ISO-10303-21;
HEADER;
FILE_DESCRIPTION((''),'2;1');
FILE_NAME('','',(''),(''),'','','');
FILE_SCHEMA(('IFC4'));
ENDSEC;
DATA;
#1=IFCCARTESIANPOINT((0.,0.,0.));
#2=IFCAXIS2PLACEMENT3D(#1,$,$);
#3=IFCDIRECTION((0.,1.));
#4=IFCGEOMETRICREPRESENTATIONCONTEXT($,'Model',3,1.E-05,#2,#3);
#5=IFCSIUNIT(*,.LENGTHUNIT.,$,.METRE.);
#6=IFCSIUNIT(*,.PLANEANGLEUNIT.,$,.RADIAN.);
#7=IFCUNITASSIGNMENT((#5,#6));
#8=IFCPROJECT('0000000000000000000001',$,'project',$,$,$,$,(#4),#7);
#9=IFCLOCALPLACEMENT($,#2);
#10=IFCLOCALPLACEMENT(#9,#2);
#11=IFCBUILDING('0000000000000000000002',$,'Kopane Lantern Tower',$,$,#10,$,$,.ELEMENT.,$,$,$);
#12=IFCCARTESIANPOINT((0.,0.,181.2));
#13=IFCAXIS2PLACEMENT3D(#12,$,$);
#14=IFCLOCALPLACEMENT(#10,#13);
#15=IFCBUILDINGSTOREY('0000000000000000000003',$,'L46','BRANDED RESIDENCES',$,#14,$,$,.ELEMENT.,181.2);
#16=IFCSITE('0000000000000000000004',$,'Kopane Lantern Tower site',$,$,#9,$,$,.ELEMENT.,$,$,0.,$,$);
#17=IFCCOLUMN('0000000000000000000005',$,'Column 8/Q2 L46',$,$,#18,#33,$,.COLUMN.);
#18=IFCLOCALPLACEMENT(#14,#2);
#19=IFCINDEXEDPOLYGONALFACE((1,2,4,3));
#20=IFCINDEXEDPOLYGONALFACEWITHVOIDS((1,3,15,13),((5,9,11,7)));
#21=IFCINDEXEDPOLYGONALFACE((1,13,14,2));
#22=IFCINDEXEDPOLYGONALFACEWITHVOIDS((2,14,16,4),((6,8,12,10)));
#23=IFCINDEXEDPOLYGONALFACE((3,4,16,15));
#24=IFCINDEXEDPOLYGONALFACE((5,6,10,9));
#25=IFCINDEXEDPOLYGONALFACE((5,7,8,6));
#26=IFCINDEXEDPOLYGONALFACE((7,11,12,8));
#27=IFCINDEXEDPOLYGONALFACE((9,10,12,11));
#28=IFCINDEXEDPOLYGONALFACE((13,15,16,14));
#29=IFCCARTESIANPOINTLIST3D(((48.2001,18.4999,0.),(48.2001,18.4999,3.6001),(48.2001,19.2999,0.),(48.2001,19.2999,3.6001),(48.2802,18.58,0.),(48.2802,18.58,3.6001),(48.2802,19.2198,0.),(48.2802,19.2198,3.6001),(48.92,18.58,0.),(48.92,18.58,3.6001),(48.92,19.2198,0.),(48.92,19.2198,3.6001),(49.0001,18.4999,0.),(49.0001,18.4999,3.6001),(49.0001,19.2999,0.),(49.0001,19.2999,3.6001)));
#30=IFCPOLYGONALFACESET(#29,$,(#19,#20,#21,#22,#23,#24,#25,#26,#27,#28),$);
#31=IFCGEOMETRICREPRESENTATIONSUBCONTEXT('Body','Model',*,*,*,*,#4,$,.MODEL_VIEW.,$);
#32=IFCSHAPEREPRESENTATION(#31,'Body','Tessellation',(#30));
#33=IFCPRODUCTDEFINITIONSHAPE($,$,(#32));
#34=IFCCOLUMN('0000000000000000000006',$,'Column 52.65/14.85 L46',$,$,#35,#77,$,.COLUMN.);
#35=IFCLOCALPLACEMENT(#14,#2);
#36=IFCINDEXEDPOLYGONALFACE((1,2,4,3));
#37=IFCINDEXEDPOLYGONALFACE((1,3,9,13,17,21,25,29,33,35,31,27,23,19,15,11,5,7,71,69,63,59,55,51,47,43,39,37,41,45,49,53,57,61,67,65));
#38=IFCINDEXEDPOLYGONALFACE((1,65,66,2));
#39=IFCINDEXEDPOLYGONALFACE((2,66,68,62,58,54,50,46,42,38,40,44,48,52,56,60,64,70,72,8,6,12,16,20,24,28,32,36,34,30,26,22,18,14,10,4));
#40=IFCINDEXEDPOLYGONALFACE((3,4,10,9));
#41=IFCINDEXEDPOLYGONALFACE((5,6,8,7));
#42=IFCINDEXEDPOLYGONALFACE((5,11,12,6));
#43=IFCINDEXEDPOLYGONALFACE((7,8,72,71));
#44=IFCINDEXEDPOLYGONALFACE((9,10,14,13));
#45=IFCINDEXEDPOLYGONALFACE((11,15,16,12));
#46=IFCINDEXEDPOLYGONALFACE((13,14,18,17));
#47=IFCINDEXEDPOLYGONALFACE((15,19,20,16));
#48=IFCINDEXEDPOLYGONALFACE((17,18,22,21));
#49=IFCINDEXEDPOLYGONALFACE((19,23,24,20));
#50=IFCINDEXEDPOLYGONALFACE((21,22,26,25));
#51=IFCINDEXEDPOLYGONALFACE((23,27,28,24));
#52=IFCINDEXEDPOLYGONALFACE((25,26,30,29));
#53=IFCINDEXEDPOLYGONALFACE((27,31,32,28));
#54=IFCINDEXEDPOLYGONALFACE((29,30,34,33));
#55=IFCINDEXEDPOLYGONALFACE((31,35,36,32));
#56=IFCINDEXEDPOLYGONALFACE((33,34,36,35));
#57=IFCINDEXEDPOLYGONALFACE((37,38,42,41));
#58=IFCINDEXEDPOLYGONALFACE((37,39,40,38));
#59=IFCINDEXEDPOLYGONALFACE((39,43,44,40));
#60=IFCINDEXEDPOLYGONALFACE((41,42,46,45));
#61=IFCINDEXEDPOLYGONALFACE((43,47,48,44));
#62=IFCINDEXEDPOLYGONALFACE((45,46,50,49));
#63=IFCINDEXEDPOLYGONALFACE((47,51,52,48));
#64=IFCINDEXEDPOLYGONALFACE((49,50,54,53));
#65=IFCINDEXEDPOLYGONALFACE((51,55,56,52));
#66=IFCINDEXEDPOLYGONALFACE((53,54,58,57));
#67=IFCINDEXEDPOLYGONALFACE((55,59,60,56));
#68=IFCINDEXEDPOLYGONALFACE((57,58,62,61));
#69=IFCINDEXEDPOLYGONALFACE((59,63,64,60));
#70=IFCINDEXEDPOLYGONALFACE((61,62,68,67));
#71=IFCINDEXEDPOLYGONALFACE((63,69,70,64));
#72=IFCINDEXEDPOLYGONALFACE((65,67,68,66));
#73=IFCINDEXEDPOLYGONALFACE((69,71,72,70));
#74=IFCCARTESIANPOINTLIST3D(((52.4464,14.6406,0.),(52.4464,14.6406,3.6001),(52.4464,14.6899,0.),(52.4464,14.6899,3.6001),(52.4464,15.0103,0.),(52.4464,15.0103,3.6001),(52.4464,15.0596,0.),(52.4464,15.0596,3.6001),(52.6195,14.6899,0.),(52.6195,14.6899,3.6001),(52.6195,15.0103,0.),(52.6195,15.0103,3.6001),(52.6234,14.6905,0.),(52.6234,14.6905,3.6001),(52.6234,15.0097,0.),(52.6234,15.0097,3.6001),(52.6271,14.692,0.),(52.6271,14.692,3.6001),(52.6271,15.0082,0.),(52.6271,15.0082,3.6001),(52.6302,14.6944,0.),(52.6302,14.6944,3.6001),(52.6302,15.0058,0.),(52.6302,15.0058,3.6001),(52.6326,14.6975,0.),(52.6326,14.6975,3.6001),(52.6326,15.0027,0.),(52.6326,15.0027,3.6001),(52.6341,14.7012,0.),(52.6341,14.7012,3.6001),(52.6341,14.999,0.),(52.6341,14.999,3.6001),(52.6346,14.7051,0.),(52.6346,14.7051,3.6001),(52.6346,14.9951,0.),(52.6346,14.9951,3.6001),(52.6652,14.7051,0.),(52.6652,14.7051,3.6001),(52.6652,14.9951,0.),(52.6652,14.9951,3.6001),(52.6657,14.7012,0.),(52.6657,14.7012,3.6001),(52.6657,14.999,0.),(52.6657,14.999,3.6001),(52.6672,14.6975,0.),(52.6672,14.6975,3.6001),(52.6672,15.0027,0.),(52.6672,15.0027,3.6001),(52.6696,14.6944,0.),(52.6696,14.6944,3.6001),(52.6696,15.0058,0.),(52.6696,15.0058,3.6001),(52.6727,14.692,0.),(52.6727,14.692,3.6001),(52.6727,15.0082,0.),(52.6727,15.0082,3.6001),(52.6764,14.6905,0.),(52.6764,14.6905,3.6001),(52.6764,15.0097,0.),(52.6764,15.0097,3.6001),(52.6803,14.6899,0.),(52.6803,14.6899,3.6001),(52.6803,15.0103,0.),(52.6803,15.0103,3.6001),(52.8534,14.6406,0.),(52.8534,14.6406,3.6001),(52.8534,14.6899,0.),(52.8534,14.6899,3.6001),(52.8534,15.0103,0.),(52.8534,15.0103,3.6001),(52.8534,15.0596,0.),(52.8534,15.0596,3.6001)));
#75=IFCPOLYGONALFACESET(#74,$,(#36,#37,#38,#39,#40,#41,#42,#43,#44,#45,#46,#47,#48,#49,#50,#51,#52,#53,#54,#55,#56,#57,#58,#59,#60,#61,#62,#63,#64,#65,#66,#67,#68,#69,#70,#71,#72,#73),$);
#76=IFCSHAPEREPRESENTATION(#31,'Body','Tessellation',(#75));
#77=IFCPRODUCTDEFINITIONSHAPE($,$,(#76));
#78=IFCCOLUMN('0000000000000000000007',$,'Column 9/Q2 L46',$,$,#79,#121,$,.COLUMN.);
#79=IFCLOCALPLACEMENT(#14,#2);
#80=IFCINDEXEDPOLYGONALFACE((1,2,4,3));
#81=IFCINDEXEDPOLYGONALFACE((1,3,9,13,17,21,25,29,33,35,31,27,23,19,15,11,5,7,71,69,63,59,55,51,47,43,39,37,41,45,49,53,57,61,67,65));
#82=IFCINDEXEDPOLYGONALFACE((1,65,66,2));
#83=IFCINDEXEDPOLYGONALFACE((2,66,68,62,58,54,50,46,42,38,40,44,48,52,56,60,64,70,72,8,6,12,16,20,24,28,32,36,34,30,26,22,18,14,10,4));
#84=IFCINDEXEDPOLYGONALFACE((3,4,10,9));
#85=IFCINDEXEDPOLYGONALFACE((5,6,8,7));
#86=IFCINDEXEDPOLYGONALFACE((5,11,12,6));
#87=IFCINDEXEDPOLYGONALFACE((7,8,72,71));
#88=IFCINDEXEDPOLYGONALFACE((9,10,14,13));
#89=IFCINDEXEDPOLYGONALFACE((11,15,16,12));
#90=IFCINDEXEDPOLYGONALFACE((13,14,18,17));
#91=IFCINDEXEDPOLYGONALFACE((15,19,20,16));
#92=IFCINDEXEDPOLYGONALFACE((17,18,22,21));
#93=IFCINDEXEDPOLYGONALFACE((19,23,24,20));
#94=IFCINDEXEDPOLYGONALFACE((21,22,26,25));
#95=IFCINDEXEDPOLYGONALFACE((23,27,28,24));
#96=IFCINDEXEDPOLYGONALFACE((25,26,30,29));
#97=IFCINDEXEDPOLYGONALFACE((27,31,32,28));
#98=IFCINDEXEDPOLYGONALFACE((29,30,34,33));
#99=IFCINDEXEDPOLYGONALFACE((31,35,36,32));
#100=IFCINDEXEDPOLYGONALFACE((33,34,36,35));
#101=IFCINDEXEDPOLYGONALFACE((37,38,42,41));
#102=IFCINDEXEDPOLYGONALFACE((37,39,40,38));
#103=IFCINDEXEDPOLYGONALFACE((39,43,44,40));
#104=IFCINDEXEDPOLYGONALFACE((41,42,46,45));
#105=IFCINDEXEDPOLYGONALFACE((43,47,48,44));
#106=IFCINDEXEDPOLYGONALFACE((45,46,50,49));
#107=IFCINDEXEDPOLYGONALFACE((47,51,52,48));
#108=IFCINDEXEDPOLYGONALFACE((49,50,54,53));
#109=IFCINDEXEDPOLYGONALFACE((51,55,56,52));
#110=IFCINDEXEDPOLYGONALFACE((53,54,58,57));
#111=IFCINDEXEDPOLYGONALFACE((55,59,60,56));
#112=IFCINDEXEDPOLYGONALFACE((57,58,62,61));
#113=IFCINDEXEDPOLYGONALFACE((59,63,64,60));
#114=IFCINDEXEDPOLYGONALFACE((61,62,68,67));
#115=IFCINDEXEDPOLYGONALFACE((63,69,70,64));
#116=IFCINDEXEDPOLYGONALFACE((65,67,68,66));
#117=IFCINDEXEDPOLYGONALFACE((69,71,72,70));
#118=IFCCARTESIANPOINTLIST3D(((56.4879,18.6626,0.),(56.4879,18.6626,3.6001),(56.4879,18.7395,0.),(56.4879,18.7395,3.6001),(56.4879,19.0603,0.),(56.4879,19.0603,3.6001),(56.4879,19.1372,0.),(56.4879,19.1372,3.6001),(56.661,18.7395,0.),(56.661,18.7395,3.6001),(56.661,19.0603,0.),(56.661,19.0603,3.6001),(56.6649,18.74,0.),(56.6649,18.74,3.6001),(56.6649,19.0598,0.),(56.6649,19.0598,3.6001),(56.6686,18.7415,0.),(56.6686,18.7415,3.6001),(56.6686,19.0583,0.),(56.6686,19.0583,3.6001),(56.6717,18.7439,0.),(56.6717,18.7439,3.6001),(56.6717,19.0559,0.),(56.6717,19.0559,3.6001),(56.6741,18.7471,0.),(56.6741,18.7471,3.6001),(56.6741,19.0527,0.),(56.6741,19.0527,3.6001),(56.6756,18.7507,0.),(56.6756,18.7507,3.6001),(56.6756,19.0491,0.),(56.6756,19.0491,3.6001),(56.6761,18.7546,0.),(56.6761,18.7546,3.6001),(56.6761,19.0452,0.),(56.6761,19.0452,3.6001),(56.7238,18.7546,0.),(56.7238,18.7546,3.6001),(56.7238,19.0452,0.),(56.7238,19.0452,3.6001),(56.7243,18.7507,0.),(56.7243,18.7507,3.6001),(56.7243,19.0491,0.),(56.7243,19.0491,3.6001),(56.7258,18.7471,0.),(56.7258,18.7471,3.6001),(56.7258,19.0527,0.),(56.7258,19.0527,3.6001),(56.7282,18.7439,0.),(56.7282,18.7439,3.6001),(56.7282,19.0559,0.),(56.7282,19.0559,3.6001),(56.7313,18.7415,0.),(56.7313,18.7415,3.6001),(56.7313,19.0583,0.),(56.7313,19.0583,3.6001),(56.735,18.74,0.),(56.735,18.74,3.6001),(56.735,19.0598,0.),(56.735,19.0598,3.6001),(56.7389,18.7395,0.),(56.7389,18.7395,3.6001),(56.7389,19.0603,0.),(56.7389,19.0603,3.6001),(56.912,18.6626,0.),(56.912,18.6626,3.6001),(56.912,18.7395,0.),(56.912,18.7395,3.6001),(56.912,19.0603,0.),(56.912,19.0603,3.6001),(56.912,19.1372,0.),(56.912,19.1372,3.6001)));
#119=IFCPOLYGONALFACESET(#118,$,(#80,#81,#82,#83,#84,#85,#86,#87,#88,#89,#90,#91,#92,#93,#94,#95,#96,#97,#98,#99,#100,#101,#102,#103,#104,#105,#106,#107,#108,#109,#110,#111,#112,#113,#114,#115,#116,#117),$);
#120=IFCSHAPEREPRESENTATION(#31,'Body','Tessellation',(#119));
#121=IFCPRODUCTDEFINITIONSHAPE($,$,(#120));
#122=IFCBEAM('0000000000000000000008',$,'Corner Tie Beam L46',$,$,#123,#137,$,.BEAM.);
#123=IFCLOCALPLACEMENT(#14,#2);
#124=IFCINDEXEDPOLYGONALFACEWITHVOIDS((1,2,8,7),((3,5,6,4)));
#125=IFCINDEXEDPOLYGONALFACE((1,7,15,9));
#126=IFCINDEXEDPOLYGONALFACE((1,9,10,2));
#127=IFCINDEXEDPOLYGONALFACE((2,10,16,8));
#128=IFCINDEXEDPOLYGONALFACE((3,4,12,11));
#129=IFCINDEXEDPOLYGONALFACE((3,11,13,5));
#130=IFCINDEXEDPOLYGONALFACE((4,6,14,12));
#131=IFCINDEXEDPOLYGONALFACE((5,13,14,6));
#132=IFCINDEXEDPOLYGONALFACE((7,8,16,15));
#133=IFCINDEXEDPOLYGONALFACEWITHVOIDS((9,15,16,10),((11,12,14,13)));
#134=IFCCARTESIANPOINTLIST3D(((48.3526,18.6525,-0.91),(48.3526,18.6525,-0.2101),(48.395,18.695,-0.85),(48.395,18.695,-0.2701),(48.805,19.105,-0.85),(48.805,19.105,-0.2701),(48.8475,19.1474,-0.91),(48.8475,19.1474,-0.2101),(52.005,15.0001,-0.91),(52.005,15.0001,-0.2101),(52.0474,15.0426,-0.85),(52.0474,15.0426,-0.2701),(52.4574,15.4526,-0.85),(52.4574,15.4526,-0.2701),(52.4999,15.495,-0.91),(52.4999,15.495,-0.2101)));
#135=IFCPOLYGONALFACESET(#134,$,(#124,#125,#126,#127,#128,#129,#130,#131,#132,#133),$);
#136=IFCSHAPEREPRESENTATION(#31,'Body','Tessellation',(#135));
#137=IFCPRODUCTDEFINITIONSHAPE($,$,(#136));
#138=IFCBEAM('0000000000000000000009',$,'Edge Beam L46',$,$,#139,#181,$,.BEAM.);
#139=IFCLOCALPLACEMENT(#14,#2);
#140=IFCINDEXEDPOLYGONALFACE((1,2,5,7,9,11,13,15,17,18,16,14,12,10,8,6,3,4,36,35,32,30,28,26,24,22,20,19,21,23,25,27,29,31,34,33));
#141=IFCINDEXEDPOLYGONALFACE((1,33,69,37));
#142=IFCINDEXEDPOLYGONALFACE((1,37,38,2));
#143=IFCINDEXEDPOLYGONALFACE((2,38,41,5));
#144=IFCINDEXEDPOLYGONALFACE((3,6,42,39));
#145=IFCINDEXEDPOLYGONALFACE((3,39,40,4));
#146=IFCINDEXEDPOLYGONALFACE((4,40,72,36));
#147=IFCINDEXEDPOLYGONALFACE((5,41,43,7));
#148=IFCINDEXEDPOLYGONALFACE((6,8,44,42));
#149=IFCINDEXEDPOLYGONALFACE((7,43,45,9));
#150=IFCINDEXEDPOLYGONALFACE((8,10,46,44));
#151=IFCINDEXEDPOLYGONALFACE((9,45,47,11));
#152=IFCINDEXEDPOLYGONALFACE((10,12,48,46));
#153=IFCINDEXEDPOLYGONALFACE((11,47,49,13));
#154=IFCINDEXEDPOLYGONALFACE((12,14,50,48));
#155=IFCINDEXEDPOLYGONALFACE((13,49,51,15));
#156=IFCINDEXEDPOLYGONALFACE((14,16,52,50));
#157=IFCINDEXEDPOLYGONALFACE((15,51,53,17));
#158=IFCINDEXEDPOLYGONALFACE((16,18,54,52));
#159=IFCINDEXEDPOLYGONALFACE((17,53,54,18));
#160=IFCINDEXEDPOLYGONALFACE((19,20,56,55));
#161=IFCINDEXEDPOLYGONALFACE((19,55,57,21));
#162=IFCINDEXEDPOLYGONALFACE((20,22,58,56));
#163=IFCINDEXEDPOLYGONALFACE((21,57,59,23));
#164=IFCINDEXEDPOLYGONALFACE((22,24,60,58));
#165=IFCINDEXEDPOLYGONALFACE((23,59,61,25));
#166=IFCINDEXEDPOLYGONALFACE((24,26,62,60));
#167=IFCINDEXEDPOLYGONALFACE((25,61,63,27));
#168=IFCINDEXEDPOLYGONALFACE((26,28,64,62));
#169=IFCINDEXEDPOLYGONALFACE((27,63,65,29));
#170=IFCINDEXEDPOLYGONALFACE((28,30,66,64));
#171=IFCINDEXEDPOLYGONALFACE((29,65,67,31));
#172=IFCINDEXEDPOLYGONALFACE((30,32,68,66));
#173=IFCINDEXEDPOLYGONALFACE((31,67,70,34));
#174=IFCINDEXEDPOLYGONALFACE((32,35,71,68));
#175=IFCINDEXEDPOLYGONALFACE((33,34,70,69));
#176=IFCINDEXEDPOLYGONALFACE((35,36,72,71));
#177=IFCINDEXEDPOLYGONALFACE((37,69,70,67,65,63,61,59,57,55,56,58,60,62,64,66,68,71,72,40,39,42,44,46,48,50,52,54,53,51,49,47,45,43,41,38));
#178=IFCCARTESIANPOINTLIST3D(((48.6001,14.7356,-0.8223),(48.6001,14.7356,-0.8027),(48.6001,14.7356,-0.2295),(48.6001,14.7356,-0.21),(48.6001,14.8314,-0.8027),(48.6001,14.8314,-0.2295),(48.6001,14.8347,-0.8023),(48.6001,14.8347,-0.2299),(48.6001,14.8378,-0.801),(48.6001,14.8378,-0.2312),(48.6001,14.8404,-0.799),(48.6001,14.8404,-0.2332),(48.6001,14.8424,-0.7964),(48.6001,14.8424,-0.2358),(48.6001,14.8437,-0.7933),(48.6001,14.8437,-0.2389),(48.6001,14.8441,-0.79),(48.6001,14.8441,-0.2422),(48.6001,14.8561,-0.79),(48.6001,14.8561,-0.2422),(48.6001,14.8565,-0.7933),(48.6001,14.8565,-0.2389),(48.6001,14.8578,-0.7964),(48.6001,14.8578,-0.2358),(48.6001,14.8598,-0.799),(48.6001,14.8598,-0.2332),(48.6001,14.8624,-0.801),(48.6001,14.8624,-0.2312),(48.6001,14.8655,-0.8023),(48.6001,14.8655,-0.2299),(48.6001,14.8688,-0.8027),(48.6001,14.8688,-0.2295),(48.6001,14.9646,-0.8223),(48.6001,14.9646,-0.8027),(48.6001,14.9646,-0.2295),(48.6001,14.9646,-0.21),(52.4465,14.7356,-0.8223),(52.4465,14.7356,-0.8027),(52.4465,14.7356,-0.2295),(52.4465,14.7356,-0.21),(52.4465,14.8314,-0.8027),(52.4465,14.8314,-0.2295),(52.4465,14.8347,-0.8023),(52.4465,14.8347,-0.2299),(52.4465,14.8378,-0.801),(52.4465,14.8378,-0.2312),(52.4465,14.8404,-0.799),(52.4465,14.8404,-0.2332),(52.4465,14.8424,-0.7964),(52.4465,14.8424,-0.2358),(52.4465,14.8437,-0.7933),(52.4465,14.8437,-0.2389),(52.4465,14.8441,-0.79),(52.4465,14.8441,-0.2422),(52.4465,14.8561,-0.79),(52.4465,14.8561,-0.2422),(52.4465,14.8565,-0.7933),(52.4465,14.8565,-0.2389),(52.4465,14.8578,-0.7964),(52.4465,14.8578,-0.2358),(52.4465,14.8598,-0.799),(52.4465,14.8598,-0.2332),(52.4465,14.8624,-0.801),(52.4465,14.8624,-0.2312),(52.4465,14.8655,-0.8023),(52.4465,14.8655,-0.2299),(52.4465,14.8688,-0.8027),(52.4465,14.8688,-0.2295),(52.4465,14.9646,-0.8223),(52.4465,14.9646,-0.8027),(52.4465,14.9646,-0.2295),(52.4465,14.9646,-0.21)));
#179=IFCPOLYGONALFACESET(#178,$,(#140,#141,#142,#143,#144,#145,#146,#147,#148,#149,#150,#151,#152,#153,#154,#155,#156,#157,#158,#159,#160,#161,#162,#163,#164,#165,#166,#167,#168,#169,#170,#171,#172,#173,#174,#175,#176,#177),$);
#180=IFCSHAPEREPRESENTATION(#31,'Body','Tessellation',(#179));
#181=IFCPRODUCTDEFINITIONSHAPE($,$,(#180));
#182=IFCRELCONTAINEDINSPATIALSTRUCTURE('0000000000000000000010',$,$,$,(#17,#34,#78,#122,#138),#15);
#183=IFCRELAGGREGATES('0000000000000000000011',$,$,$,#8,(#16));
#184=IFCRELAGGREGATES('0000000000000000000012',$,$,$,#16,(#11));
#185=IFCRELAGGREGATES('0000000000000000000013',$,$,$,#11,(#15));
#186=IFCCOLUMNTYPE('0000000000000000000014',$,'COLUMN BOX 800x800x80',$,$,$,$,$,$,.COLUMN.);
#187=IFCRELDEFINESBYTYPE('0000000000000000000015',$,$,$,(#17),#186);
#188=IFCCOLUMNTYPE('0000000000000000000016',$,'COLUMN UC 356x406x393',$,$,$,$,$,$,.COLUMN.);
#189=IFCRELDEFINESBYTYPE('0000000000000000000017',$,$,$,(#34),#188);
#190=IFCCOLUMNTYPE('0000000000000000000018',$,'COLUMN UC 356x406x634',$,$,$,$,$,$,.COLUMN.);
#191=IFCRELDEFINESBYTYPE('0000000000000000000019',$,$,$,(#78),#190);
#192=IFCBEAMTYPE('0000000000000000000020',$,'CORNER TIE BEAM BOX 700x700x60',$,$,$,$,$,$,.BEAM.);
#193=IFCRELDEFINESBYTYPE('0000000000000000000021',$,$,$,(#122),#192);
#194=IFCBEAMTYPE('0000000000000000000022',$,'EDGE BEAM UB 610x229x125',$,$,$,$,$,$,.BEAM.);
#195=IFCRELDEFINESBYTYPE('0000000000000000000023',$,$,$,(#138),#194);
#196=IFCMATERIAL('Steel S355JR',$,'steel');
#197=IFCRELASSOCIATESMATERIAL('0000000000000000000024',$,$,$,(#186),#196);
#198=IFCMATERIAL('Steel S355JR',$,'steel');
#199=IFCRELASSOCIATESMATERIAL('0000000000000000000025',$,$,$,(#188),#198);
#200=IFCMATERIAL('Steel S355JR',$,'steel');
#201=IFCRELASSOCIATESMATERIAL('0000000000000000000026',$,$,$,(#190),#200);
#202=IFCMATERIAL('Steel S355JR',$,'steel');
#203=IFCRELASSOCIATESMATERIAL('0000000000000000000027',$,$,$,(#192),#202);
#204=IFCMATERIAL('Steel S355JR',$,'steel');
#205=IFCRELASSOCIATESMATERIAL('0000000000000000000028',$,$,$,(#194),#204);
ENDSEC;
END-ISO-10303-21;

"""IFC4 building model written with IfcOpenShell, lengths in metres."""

from ifc_helpers import new_model, si_unit, direction, frame, origin, origin_2d, place, context, subcontext, project, spatial, hollow_rectangle, i_section, extrude, material, material_profile, profile_set, type_object, element, save


model = new_model("IFC4")

# Units and contexts
model_context = context("Model", 3, precision=1e-05, world=origin(), true_north=direction((0.0, 1.0)))
body_context = subcontext(model_context, "Body", "Model", "MODEL_VIEW")
ifc_project = project(units=[si_unit("LENGTHUNIT", "METRE"), si_unit("PLANEANGLEUNIT", "RADIAN")], contexts=[model_context])

# Site, building, storey
site_placement = place(None, origin())
site = spatial("IfcSite", under=ifc_project, at=site_placement, Name="Kopane Lantern Tower site", CompositionType="ELEMENT", RefElevation=0.0)
building_placement = place(site_placement, origin())
building = spatial("IfcBuilding", under=site, at=building_placement, Name="Kopane Lantern Tower", CompositionType="ELEMENT")
storey_placement = place(building_placement, frame((0.0, 0.0, 181.2)))
storey = spatial("IfcBuildingStorey", under=building, at=storey_placement, Name="L46", Description="BRANDED RESIDENCES", CompositionType="ELEMENT", Elevation=181.2)

# Columns
ifc_material_1 = material(Name="Steel S355JR", Category="steel")
ifc_material_profile_1 = material_profile(ifc_material_1, hollow_rectangle(XDim=0.8, YDim=0.8, WallThickness=0.0801, at=origin_2d()), Name="BOX 800x800x80")
ifc_profile_set_1 = profile_set([ifc_material_profile_1], Name="Steel S355JR")
column_type_1 = type_object("IfcColumnType", Name="COLUMN BOX 800x800x80", PredefinedType="COLUMN", material=ifc_profile_set_1)
column_1_placement = place(storey_placement, frame((48.6001, 18.8999, 0.0), z_axis=(0.0, 0.0, 1.0), x_axis=(1.0, 0.0, 0.0)))
element("IfcColumn", 1, at=column_1_placement, inside=storey, type_object=column_type_1, Name="Column 8/Q2 L46", PredefinedType="COLUMN", context=body_context, shape_type="SweptSolid", body=[
    extrude(hollow_rectangle(XDim=0.8, YDim=0.8, WallThickness=0.0801, at=origin_2d()), origin(), (0.0, 0.0, 1.0), 3.6001),
])
ifc_material_2 = material(Name="Steel S355JR", Category="steel")
ifc_material_profile_2 = material_profile(ifc_material_2, i_section(OverallWidth=0.407, OverallDepth=0.4189, WebThickness=0.0305, FlangeThickness=0.0493, FilletRadius=0.0151, at=origin_2d()), Name="UC 356x406x393")
ifc_profile_set_2 = profile_set([ifc_material_profile_2], Name="Steel S355JR")
column_type_2 = type_object("IfcColumnType", Name="COLUMN UC 356x406x393", PredefinedType="COLUMN", material=ifc_profile_set_2)
column_2_placement = place(storey_placement, frame((52.6499, 14.8501, 0.0), z_axis=(0.0, 0.0, 1.0), x_axis=(1.0, 0.0, 0.0)))
element("IfcColumn", 2, at=column_2_placement, inside=storey, type_object=column_type_2, Name="Column 52.65/14.85 L46", PredefinedType="COLUMN", context=body_context, shape_type="SweptSolid", body=[
    extrude(i_section(OverallWidth=0.407, OverallDepth=0.4189, WebThickness=0.0305, FlangeThickness=0.0493, FilletRadius=0.0151, at=origin_2d()), origin(), (0.0, 0.0, 1.0), 3.6001),
])
ifc_material_3 = material(Name="Steel S355JR", Category="steel")
ifc_material_profile_3 = material_profile(ifc_material_3, i_section(OverallWidth=0.4241, OverallDepth=0.4746, WebThickness=0.0476, FlangeThickness=0.0769, FilletRadius=0.0151, at=origin_2d()), Name="UC 356x406x634")
ifc_profile_set_3 = profile_set([ifc_material_profile_3], Name="Steel S355JR")
column_type_3 = type_object("IfcColumnType", Name="COLUMN UC 356x406x634", PredefinedType="COLUMN", material=ifc_profile_set_3)
column_3_placement = place(storey_placement, frame((56.7, 18.8999, 0.0), z_axis=(0.0, 0.0, 1.0), x_axis=(1.0, 0.0, 0.0)))
element("IfcColumn", 3, at=column_3_placement, inside=storey, type_object=column_type_3, Name="Column 9/Q2 L46", PredefinedType="COLUMN", context=body_context, shape_type="SweptSolid", body=[
    extrude(i_section(OverallWidth=0.4241, OverallDepth=0.4746, WebThickness=0.0476, FlangeThickness=0.0769, FilletRadius=0.0151, at=origin_2d()), origin(), (0.0, 0.0, 1.0), 3.6001),
])

# Beams
ifc_material_4 = material(Name="Steel S355JR", Category="steel")
ifc_material_profile_4 = material_profile(ifc_material_4, hollow_rectangle(XDim=0.7, YDim=0.7, WallThickness=0.0601, at=origin_2d()), Name="BOX 700x700x60")
ifc_profile_set_4 = profile_set([ifc_material_profile_4], Name="Steel S355JR")
beam_type_1 = type_object("IfcBeamType", Name="CORNER TIE BEAM BOX 700x700x60", PredefinedType="BEAM", material=ifc_profile_set_4)
beam_1_placement = place(storey_placement, frame((52.2524, 15.2476, -0.5601), z_axis=(-0.707107, 0.707107, 0.0), x_axis=(-0.707107, -0.707107, 0.0)))
element("IfcBeam", 4, at=beam_1_placement, inside=storey, type_object=beam_type_1, Name="Corner Tie Beam L46", PredefinedType="BEAM", context=body_context, shape_type="SweptSolid", body=[
    extrude(hollow_rectangle(XDim=0.7, YDim=0.7, WallThickness=0.0601, at=origin_2d()), origin(), (0.0, 0.0, 1.0), 5.1653),
])
ifc_material_5 = material(Name="Steel S355JR", Category="steel")
ifc_material_profile_5 = material_profile(ifc_material_5, i_section(OverallWidth=0.229, OverallDepth=0.6123, WebThickness=0.012, FlangeThickness=0.0195, FilletRadius=0.0127, at=origin_2d()), Name="UB 610x229x125")
ifc_profile_set_5 = profile_set([ifc_material_profile_5], Name="Steel S355JR")
beam_type_2 = type_object("IfcBeamType", Name="EDGE BEAM UB 610x229x125", PredefinedType="BEAM", material=ifc_profile_set_5)
for number, where, z_axis, x_axis, name in (
    (5, (52.4465, 14.8501, -0.5161), (-1.0, 0.0, 0.0), (0.0, -1.0, 0.0), "Edge Beam L46"),
):
    element("IfcBeam", number, at=place(storey_placement, frame(where, z_axis=z_axis, x_axis=x_axis)), inside=storey, type_object=beam_type_2, Name=name, PredefinedType="BEAM", context=body_context, shape_type="SweptSolid", body=[
        extrude(i_section(OverallWidth=0.229, OverallDepth=0.6123, WebThickness=0.012, FlangeThickness=0.0195, FilletRadius=0.0127, at=origin_2d()), origin(), (0.0, 0.0, 1.0), 3.8464),
    ])

save(model, "model.ifc")
